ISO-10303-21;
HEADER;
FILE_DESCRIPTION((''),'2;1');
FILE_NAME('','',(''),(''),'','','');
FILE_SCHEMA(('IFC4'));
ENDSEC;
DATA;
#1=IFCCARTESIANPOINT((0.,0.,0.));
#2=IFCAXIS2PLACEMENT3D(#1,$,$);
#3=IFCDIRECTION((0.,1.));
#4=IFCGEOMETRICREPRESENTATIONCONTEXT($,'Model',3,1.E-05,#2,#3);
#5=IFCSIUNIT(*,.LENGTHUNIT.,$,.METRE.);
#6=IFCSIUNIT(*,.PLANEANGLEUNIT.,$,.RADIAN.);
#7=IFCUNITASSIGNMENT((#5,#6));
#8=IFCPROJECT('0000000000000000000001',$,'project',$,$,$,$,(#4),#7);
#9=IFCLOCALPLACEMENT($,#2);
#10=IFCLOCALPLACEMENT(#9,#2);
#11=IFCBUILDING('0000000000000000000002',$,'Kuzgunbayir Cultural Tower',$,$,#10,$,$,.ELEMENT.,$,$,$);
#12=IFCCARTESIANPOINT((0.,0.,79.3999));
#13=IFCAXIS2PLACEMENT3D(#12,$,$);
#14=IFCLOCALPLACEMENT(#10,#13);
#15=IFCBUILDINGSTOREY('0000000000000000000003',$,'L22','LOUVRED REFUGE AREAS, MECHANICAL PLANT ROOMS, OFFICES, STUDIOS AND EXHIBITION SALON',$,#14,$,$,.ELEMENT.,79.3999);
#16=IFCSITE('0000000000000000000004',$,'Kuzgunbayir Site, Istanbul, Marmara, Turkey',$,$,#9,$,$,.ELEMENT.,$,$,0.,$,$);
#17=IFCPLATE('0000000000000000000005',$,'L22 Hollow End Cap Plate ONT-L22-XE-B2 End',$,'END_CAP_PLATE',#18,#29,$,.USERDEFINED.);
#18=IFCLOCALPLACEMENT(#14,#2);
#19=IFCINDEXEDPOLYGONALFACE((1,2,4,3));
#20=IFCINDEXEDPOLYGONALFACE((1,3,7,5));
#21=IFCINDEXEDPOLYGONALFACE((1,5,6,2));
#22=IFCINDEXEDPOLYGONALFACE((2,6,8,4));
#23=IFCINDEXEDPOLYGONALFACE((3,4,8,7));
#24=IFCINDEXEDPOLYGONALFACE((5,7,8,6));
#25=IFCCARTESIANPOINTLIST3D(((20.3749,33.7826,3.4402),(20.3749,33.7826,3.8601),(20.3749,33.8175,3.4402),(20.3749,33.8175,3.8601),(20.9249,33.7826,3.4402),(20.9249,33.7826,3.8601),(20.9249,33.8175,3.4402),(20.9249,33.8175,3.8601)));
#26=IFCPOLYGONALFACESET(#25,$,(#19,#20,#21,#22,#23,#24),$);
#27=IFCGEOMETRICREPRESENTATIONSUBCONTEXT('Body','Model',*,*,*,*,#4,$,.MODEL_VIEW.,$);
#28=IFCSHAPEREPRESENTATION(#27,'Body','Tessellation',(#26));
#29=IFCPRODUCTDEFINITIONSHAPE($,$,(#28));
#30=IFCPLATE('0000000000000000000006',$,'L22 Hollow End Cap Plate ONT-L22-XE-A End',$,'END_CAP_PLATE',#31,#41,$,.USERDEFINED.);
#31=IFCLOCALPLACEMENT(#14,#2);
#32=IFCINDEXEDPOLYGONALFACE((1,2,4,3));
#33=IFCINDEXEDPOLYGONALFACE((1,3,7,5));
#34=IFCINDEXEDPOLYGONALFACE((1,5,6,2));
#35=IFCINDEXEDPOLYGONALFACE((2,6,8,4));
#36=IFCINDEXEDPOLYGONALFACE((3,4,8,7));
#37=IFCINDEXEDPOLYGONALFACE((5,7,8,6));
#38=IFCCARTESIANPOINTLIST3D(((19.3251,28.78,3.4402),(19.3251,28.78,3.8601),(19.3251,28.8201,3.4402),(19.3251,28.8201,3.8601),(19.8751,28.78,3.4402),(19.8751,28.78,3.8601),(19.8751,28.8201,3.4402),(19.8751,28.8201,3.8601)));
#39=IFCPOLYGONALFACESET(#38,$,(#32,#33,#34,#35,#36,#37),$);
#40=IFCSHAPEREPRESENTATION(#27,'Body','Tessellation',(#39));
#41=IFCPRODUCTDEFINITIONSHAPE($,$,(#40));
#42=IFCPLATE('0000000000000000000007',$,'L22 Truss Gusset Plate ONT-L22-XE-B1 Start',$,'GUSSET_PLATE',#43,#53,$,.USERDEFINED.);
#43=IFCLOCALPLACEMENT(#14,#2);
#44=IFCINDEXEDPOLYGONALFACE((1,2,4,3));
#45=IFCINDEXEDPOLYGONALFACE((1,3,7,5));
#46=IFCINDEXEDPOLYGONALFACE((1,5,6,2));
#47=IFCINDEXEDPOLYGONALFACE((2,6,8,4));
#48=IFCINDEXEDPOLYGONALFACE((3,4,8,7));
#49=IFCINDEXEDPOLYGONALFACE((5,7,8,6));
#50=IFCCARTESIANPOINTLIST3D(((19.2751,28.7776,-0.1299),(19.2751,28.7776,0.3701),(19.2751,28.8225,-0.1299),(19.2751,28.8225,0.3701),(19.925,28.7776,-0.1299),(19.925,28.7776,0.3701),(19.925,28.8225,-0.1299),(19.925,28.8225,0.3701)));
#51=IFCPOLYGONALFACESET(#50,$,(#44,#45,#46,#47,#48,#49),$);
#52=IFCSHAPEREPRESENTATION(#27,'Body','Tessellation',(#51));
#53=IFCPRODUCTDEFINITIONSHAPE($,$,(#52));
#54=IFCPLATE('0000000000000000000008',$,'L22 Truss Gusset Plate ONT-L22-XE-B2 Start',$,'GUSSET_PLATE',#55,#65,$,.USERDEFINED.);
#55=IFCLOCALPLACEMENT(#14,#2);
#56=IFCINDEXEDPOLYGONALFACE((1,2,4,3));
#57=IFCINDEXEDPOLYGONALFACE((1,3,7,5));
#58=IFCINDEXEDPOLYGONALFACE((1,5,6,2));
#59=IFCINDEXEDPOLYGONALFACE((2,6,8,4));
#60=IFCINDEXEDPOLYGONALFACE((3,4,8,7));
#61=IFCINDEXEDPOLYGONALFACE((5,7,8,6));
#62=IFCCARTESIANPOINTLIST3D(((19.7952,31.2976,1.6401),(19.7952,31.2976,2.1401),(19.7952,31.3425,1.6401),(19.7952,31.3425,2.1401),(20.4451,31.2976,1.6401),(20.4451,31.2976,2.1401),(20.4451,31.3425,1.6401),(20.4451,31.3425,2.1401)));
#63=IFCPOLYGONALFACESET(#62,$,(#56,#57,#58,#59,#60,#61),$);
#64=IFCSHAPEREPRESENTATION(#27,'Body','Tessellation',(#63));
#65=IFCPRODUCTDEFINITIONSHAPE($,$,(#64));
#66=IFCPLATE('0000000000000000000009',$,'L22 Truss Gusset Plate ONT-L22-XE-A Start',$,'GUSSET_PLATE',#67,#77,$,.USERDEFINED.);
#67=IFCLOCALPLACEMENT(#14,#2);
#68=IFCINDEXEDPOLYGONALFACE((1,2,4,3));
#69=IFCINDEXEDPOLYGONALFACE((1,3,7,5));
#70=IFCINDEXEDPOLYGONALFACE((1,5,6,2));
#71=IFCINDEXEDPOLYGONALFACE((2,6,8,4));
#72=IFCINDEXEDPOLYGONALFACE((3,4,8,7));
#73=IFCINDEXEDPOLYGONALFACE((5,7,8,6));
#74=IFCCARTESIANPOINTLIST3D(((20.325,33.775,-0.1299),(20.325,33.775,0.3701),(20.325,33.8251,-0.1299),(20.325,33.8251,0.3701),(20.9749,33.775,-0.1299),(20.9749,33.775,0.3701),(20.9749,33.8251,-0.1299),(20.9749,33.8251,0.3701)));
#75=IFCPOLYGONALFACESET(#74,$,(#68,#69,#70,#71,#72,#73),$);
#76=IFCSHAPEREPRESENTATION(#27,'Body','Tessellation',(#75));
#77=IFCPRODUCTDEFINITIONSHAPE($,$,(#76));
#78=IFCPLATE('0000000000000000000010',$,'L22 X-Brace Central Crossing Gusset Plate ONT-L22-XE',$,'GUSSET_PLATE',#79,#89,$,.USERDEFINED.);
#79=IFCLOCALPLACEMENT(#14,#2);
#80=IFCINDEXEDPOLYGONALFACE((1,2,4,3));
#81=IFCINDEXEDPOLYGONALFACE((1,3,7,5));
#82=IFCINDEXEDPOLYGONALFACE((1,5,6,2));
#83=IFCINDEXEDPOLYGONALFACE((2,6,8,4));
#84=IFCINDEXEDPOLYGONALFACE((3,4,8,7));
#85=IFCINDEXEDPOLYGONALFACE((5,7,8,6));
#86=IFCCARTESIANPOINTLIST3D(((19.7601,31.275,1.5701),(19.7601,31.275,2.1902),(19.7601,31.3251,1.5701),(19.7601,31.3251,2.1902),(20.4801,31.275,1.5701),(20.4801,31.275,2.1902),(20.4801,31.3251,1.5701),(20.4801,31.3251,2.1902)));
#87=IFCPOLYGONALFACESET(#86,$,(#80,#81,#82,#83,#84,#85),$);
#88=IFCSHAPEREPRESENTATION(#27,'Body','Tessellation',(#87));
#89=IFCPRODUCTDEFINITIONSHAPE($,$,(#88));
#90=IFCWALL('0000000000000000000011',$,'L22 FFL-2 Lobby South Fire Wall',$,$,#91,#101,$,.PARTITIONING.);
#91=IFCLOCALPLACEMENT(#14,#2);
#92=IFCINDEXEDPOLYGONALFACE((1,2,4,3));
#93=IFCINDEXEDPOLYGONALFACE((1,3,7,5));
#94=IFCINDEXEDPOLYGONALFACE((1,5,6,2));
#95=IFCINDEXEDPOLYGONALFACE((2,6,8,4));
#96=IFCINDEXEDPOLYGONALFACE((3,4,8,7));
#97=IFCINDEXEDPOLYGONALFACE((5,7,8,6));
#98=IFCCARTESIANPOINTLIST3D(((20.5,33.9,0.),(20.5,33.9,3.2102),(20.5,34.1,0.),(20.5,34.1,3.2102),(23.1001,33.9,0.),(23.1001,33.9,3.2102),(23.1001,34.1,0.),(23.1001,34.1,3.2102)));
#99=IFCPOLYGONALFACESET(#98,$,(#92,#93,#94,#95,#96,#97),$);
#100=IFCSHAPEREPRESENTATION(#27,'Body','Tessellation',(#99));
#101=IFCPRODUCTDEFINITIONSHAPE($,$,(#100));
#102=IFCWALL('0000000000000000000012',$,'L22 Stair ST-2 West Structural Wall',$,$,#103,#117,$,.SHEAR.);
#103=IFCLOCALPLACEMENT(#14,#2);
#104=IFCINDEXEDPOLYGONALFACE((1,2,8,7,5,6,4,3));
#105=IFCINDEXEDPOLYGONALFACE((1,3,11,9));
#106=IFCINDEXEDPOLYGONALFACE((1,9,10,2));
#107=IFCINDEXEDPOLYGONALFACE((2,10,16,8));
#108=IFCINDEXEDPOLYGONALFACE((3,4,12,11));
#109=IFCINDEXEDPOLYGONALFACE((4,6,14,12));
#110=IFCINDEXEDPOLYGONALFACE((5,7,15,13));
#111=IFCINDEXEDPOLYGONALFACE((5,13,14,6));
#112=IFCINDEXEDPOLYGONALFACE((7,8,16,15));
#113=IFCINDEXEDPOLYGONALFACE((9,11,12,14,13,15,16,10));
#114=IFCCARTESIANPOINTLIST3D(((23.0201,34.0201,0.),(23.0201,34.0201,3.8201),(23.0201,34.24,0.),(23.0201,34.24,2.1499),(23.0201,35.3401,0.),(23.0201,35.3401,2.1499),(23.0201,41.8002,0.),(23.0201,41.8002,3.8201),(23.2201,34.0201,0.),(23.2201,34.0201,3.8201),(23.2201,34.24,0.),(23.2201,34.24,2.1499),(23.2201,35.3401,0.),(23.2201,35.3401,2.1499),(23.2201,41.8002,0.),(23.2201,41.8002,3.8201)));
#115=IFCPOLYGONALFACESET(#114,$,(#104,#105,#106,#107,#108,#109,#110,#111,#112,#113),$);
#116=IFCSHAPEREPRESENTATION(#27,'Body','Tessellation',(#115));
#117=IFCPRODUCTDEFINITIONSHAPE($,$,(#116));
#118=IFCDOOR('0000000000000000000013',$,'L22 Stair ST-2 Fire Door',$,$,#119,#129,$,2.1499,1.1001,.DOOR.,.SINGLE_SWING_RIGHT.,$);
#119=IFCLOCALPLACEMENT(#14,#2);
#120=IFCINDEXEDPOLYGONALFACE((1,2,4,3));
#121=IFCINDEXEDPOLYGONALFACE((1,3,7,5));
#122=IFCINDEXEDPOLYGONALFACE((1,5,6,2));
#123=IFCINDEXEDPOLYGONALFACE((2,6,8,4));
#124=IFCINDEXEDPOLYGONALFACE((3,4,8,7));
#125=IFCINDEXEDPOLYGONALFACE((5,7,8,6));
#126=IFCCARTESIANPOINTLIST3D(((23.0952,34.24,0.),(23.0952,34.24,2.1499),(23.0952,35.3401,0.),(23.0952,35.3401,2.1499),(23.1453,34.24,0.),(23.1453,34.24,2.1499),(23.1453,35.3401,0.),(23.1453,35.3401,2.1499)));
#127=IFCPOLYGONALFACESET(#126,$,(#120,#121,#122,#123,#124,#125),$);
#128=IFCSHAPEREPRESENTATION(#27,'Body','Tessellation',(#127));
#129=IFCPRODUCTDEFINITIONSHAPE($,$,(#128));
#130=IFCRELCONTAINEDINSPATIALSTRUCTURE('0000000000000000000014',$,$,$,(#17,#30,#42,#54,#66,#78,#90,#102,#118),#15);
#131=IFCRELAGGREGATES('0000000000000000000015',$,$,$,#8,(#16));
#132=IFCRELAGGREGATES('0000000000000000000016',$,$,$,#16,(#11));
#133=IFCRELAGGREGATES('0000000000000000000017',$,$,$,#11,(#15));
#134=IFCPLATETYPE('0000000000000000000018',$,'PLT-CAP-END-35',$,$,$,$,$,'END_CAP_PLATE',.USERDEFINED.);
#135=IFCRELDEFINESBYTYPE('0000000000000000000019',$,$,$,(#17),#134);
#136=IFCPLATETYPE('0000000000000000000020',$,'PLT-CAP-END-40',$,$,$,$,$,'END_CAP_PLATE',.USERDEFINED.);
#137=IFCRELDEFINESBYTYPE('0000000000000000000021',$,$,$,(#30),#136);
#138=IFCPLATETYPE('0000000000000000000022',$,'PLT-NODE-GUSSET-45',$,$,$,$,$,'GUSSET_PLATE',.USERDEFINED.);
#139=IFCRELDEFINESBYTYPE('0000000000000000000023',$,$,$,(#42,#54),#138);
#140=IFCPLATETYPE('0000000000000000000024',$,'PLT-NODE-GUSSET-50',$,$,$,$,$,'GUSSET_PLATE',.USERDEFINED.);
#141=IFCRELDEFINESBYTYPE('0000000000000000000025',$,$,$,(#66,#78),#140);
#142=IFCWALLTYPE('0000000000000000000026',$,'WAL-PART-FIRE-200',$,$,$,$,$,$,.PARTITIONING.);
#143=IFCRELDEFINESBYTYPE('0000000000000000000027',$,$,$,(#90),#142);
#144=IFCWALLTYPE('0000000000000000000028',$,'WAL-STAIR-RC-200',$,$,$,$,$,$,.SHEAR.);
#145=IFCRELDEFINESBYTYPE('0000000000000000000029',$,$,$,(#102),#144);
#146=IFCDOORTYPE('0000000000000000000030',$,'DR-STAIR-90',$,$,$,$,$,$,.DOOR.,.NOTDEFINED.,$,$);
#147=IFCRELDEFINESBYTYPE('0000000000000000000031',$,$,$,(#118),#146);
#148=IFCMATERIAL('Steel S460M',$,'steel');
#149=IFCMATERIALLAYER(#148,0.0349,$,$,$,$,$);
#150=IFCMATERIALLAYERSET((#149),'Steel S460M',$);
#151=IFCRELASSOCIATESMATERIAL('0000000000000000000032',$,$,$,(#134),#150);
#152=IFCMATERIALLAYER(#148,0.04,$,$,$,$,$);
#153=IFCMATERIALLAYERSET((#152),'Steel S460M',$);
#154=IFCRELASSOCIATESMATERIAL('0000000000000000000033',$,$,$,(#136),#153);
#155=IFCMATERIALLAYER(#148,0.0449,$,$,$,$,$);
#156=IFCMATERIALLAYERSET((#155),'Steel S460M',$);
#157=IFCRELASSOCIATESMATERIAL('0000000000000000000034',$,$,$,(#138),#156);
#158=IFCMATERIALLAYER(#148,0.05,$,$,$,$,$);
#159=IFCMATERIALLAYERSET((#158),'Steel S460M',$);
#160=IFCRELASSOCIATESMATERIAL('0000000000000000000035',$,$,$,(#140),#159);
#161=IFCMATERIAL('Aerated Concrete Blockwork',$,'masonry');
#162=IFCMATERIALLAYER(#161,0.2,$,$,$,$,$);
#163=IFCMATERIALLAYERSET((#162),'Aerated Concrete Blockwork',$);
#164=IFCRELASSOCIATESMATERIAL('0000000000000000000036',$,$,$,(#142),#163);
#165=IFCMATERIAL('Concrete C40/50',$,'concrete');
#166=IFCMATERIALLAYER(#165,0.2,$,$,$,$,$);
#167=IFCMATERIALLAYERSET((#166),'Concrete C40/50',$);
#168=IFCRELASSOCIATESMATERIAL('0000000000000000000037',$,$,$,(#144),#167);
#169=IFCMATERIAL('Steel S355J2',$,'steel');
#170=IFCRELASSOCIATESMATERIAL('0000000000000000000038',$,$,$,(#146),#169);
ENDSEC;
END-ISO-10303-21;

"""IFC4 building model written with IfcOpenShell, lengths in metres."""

from ifc_helpers import new_model, si_unit, direction, frame, frame_2d, origin, origin_2d, place, context, subcontext, project, spatial, rectangle, extrude, material, layer, layer_set, type_object, element, fill, save


model = new_model("IFC4")

# Units and contexts
model_context = context("Model", 3, precision=1e-05, world=origin(), true_north=direction((0.0, 1.0)))
body_context = subcontext(model_context, "Body", "Model", "MODEL_VIEW")
ifc_project = project(units=[si_unit("LENGTHUNIT", "METRE"), si_unit("PLANEANGLEUNIT", "RADIAN")], contexts=[model_context])

# Site, building, storey
site_placement = place(None, origin())
site = spatial("IfcSite", under=ifc_project, at=site_placement, Name="Kuzgunbayir Site, Istanbul, Marmara, Turkey", CompositionType="ELEMENT", RefElevation=0.0)
building_placement = place(site_placement, origin())
building = spatial("IfcBuilding", under=site, at=building_placement, Name="Kuzgunbayir Cultural Tower", CompositionType="ELEMENT")
storey_placement = place(building_placement, frame((0.0, 0.0, 79.3999)))
storey = spatial("IfcBuildingStorey", under=building, at=storey_placement, Name="L22", Description="LOUVRED REFUGE AREAS, MECHANICAL PLANT ROOMS, OFFICES, STUDIOS AND EXHIBITION SALON", CompositionType="ELEMENT", Elevation=79.3999)

# Shared definitions
ifc_material_1 = material(Name="Steel S355J2", Category="steel")

# Shared definitions
ifc_material_2 = material(Name="Steel S460M", Category="steel")

# Plates
ifc_layer_1 = layer(ifc_material_2, 0.0349)
ifc_layer_set_1 = layer_set([ifc_layer_1], Name="Steel S460M")
plate_type_1 = type_object("IfcPlateType", Name="PLT-CAP-END-35", ElementType="END_CAP_PLATE", PredefinedType="USERDEFINED", material=ifc_layer_set_1)
for number, where, z_axis, x_axis, name in (
    (1, (20.6499, 33.8, 3.4402), (0.0, 0.0, 1.0), (1.0, 0.0, 0.0), "L22 Hollow End Cap Plate ONT-L22-XE-B2 End"),
):
    element("IfcPlate", number, at=place(storey_placement, frame(where, z_axis=z_axis, x_axis=x_axis)), inside=storey, type_object=plate_type_1, Name=name, ObjectType="END_CAP_PLATE", PredefinedType="USERDEFINED", context=body_context, shape_type="SweptSolid", body=[
        extrude(rectangle(XDim=0.55, YDim=0.0349, at=origin_2d()), origin(), (0.0, 0.0, 1.0), 0.4199),
    ])
ifc_layer_2 = layer(ifc_material_2, 0.04)
ifc_layer_set_2 = layer_set([ifc_layer_2], Name="Steel S460M")
plate_type_2 = type_object("IfcPlateType", Name="PLT-CAP-END-40", ElementType="END_CAP_PLATE", PredefinedType="USERDEFINED", material=ifc_layer_set_2)
plate_1_placement = place(storey_placement, frame((19.6001, 28.8, 3.4402), z_axis=(0.0, 0.0, 1.0), x_axis=(1.0, 0.0, 0.0)))
element("IfcPlate", 2, at=plate_1_placement, inside=storey, type_object=plate_type_2, Name="L22 Hollow End Cap Plate ONT-L22-XE-A End", ObjectType="END_CAP_PLATE", PredefinedType="USERDEFINED", context=body_context, shape_type="SweptSolid", body=[
    extrude(rectangle(XDim=0.55, YDim=0.04, at=origin_2d()), origin(), (0.0, 0.0, 1.0), 0.4199),
])
ifc_layer_3 = layer(ifc_material_2, 0.0449)
ifc_layer_set_3 = layer_set([ifc_layer_3], Name="Steel S460M")
plate_type_3 = type_object("IfcPlateType", Name="PLT-NODE-GUSSET-45", ElementType="GUSSET_PLATE", PredefinedType="USERDEFINED", material=ifc_layer_set_3)
for number, where, z_axis, x_axis, name in (
    (3, (19.6001, 28.8, -0.1299), (0.0, 0.0, 1.0), (1.0, 0.0, 0.0), "L22 Truss Gusset Plate ONT-L22-XE-B1 Start"),
    (4, (20.1201, 31.3201, 1.6401), (0.0, 0.0, 1.0), (1.0, 0.0, 0.0), "L22 Truss Gusset Plate ONT-L22-XE-B2 Start"),
):
    element("IfcPlate", number, at=place(storey_placement, frame(where, z_axis=z_axis, x_axis=x_axis)), inside=storey, type_object=plate_type_3, Name=name, ObjectType="GUSSET_PLATE", PredefinedType="USERDEFINED", context=body_context, shape_type="SweptSolid", body=[
        extrude(rectangle(XDim=0.6499, YDim=0.0449, at=origin_2d()), origin(), (0.0, 0.0, 1.0), 0.5),
    ])
ifc_layer_4 = layer(ifc_material_2, 0.05)
ifc_layer_set_4 = layer_set([ifc_layer_4], Name="Steel S460M")
plate_type_4 = type_object("IfcPlateType", Name="PLT-NODE-GUSSET-50", ElementType="GUSSET_PLATE", PredefinedType="USERDEFINED", material=ifc_layer_set_4)
plate_2_placement = place(storey_placement, frame((20.6499, 33.8, -0.1299), z_axis=(0.0, 0.0, 1.0), x_axis=(1.0, 0.0, 0.0)))
element("IfcPlate", 5, at=plate_2_placement, inside=storey, type_object=plate_type_4, Name="L22 Truss Gusset Plate ONT-L22-XE-A Start", ObjectType="GUSSET_PLATE", PredefinedType="USERDEFINED", context=body_context, shape_type="SweptSolid", body=[
    extrude(rectangle(XDim=0.6499, YDim=0.05, at=origin_2d()), origin(), (0.0, 0.0, 1.0), 0.5),
])
plate_3_placement = place(storey_placement, frame((20.1201, 31.3, 1.5701), z_axis=(0.0, 0.0, 1.0), x_axis=(1.0, 0.0, 0.0)))
element("IfcPlate", 6, at=plate_3_placement, inside=storey, type_object=plate_type_4, Name="L22 X-Brace Central Crossing Gusset Plate ONT-L22-XE", ObjectType="GUSSET_PLATE", PredefinedType="USERDEFINED", context=body_context, shape_type="SweptSolid", body=[
    extrude(rectangle(XDim=0.72, YDim=0.05, at=origin_2d()), origin(), (0.0, 0.0, 1.0), 0.6201),
])

# Shared definitions
ifc_material_3 = material(Name="Aerated Concrete Blockwork", Category="masonry")
ifc_layer_5 = layer(ifc_material_3, 0.2)
ifc_layer_set_5 = layer_set([ifc_layer_5], Name="Aerated Concrete Blockwork")
wall_type_1 = type_object("IfcWallType", Name="WAL-PART-FIRE-200", PredefinedType="PARTITIONING", material=ifc_layer_set_5)

# Wall
wall_1_placement = place(storey_placement, frame((20.5, 34.0, 0.0), z_axis=(0.0, 0.0, 1.0), x_axis=(1.0, 0.0, 0.0)))
element("IfcWall", 7, at=wall_1_placement, inside=storey, type_object=wall_type_1, Name="L22 FFL-2 Lobby South Fire Wall", PredefinedType="PARTITIONING", context=body_context, shape_type="SweptSolid", body=[
    extrude(rectangle(XDim=2.6001, YDim=0.2, at=frame_2d((1.3, 0.0))), origin(), (0.0, 0.0, 1.0), 3.2102),
])

# Wall, opening, door
ifc_material_4 = material(Name="Concrete C40/50", Category="concrete")
ifc_layer_6 = layer(ifc_material_4, 0.2)
ifc_layer_set_6 = layer_set([ifc_layer_6], Name="Concrete C40/50")
wall_type_2 = type_object("IfcWallType", Name="WAL-STAIR-RC-200", PredefinedType="SHEAR", material=ifc_layer_set_6)
wall_2_placement = place(storey_placement, frame((23.1201, 34.02, 0.0), z_axis=(0.0, 0.0, 1.0), x_axis=(0.0, 1.0, 0.0)))
wall_2 = element("IfcWall", 8, at=wall_2_placement, inside=storey, type_object=wall_type_2, Name="L22 Stair ST-2 West Structural Wall", PredefinedType="SHEAR", context=body_context, shape_type="SweptSolid", body=[
    extrude(rectangle(XDim=7.78, YDim=0.2, at=frame_2d((3.8901, 0.0))), origin(), (0.0, 0.0, 1.0), 3.8201),
])
opening_1_placement = place(wall_2_placement, frame((0.22, 0.0, 0.0)))
opening_1 = element("IfcOpeningElement", 9, at=opening_1_placement, cuts=wall_2, PredefinedType="OPENING", context=body_context, shape_type="SweptSolid", body=[
    extrude(rectangle(XDim=1.1001, YDim=2.1499, at=frame_2d((0.55, 1.075))), frame((0.0, 0.1099, 0.0), z_axis=(0.0, -1.0, 0.0), x_axis=(1.0, 0.0, 0.0)), (0.0, 0.0, 1.0), 0.22),
])
door_type_1 = type_object("IfcDoorType", Name="DR-STAIR-90", OperationType="NOTDEFINED", PredefinedType="DOOR", material=ifc_material_1)
door_1_placement = place(opening_1_placement, origin())
door_1 = element("IfcDoor", 10, at=door_1_placement, inside=storey, type_object=door_type_1, Name="L22 Stair ST-2 Fire Door", OperationType="SINGLE_SWING_RIGHT", OverallHeight=2.1499, OverallWidth=1.1001, PredefinedType="DOOR", context=body_context, shape_type="SweptSolid", body=[
    extrude(rectangle(XDim=1.1001, YDim=2.1499, at=frame_2d((0.55, 1.075))), frame((0.0, 0.0249, 0.0), z_axis=(0.0, -1.0, 0.0), x_axis=(1.0, 0.0, 0.0)), (0.0, 0.0, 1.0), 0.05),
])
fill(opening_1, door_1)

save(model, "model.ifc")
